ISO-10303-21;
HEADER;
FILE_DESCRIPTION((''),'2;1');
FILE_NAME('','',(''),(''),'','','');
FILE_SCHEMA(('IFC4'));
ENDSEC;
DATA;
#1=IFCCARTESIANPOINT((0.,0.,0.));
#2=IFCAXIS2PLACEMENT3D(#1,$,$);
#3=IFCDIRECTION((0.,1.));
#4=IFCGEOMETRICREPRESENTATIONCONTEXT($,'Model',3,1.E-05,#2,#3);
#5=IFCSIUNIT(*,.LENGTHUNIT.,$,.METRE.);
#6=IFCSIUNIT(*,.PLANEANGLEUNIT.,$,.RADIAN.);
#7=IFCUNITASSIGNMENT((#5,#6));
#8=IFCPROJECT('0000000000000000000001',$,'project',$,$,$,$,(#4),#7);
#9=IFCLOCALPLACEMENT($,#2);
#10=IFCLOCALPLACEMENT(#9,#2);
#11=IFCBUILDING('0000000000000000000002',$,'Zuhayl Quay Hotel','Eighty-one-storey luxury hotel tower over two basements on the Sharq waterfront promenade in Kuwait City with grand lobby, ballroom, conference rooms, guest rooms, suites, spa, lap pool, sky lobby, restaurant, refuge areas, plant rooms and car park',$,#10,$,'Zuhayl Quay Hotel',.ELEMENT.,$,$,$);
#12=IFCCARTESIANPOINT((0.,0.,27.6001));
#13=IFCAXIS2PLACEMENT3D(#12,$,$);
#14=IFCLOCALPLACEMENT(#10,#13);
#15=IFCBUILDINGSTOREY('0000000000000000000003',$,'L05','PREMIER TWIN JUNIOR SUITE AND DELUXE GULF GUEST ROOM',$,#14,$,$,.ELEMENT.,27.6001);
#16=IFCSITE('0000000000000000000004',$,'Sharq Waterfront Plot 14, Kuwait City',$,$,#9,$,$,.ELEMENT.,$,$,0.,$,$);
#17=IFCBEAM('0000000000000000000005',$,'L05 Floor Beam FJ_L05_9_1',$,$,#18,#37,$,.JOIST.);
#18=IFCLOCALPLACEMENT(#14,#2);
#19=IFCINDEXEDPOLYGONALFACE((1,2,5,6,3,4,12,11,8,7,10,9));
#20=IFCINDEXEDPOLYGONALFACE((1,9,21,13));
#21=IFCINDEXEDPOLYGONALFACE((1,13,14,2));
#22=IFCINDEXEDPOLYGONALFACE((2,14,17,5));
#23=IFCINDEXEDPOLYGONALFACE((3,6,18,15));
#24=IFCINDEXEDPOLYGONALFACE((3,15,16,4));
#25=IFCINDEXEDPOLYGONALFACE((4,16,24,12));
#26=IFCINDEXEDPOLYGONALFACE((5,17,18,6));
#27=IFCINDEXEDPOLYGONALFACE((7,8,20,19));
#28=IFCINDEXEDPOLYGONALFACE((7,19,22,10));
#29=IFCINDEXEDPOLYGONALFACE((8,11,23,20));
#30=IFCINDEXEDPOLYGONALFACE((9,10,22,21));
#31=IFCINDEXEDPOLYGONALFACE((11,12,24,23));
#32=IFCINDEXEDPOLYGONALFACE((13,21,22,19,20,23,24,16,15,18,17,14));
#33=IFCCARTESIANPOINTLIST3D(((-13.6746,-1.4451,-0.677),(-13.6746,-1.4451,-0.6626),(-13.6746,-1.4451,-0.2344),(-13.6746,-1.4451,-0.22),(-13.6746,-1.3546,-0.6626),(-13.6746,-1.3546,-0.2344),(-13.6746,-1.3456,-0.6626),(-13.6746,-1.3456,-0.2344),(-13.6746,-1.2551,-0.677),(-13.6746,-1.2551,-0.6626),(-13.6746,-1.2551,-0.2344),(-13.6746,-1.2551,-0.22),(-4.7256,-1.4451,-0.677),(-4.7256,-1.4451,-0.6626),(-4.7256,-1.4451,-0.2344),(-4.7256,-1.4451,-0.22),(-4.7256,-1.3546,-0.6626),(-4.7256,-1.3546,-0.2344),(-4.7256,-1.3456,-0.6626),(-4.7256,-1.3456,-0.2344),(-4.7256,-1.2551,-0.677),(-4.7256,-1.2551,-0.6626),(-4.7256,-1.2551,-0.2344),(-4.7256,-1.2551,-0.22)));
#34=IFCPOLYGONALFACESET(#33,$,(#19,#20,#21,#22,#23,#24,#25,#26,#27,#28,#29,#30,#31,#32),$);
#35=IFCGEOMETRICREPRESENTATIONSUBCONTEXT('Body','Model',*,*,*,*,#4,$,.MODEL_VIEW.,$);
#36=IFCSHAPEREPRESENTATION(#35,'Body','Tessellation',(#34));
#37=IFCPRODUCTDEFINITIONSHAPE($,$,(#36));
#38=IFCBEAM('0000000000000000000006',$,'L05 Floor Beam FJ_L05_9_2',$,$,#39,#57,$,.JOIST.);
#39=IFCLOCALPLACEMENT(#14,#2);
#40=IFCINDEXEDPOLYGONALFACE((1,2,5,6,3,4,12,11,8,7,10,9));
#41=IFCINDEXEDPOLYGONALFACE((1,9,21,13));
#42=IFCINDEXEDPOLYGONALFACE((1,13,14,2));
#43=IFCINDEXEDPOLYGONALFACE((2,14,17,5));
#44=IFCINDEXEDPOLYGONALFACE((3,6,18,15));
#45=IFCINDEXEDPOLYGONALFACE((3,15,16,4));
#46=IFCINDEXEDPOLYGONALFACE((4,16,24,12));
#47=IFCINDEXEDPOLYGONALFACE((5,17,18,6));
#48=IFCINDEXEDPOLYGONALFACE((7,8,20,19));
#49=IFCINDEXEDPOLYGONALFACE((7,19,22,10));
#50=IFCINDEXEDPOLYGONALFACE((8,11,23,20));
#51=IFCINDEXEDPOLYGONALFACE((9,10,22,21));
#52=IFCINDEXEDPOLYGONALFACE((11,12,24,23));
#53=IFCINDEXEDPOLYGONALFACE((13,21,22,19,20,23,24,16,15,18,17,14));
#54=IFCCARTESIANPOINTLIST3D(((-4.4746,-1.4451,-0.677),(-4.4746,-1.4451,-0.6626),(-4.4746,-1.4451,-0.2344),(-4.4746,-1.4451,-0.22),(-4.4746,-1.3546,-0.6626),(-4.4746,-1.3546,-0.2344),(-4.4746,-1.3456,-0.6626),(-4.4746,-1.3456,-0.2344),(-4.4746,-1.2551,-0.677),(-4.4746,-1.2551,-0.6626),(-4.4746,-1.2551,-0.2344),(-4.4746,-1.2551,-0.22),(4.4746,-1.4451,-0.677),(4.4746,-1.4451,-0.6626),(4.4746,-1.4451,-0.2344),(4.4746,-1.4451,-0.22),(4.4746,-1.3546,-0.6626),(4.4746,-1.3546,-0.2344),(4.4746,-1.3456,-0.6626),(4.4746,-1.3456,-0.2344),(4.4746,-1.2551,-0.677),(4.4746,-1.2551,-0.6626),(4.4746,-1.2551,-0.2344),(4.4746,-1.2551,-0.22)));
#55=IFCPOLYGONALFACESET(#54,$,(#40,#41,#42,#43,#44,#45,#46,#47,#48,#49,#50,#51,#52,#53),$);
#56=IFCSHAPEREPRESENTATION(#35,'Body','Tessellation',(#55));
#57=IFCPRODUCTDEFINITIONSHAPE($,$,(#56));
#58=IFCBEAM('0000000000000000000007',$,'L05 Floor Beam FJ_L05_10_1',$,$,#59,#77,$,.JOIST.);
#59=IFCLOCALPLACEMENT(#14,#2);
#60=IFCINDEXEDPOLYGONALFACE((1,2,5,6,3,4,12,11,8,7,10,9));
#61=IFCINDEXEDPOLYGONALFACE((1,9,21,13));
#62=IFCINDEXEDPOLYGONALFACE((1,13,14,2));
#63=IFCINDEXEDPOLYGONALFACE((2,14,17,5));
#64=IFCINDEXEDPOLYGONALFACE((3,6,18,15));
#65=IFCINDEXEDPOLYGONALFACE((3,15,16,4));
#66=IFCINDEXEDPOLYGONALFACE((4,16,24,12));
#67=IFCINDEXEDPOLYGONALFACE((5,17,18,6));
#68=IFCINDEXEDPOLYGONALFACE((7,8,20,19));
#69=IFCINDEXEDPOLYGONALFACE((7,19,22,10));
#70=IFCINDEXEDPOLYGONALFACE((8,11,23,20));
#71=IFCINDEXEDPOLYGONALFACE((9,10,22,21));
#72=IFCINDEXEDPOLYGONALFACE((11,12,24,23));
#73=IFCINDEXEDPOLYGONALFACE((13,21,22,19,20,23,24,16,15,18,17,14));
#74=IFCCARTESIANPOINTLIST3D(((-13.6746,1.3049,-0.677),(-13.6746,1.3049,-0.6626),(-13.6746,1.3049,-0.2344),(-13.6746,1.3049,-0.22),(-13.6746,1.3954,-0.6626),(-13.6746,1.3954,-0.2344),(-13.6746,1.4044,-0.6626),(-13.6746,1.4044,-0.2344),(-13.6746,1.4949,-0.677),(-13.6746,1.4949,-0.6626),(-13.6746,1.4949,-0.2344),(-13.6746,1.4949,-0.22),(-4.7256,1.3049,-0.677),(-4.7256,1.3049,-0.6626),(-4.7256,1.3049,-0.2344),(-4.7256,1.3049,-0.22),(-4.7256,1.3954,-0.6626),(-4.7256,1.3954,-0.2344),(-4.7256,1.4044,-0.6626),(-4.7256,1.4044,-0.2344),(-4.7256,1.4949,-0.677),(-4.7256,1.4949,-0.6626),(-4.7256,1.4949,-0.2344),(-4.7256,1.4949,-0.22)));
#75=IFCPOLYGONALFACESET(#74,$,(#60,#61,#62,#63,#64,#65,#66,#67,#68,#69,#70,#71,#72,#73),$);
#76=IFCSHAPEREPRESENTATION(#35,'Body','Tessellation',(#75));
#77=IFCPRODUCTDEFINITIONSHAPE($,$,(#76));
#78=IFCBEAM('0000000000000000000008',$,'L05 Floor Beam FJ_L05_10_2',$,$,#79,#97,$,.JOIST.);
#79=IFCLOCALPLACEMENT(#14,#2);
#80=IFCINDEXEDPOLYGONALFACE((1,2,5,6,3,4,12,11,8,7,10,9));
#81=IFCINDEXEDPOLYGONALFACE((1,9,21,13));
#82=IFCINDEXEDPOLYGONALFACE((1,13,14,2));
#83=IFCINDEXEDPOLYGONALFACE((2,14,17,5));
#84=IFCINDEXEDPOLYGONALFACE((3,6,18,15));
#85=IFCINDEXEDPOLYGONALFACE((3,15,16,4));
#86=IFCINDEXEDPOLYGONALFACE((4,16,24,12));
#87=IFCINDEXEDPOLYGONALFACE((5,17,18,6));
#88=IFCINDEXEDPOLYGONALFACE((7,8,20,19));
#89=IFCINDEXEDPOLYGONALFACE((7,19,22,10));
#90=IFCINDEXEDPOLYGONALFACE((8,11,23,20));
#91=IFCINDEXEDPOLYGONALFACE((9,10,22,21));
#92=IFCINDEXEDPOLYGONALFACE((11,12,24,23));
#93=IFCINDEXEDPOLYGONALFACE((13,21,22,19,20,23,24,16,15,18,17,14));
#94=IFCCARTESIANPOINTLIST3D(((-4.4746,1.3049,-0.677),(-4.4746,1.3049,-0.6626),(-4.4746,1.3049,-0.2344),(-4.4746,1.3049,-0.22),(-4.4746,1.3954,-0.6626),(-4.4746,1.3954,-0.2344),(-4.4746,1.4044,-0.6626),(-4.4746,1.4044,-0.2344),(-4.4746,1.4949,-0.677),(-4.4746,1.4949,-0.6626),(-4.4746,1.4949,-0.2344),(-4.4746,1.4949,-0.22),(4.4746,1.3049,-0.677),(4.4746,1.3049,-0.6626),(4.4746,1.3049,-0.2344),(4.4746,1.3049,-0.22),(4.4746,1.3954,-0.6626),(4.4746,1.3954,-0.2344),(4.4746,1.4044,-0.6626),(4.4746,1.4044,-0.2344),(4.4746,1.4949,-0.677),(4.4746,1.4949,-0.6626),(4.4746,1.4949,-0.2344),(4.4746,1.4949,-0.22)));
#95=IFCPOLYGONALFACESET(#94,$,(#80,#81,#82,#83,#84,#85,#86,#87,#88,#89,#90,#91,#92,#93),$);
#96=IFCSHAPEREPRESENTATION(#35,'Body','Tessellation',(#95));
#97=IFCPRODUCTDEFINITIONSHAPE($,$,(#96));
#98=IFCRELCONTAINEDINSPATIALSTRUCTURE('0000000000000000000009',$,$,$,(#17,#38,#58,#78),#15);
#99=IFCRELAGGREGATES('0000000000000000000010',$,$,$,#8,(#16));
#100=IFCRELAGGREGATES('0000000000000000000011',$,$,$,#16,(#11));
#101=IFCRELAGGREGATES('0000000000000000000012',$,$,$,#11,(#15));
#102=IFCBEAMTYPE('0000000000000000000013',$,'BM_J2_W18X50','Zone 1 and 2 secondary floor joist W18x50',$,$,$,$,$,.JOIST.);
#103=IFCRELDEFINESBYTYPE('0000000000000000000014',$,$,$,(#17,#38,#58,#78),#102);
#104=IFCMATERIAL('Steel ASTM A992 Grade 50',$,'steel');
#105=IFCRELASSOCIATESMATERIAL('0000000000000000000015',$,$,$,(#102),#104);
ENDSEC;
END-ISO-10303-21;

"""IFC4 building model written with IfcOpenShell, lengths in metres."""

from ifc_helpers import new_model, si_unit, direction, frame, origin, origin_2d, place, context, subcontext, project, spatial, i_section, extrude, material, material_profile, profile_set, type_object, element, save


model = new_model("IFC4")

# Units and contexts
model_context = context("Model", 3, precision=1e-05, world=origin(), true_north=direction((0.0, 1.0)))
body_context = subcontext(model_context, "Body", "Model", "MODEL_VIEW")
ifc_project = project(units=[si_unit("LENGTHUNIT", "METRE"), si_unit("PLANEANGLEUNIT", "RADIAN")], contexts=[model_context])

# Site, building, storey
site_placement = place(None, origin())
site = spatial("IfcSite", under=ifc_project, at=site_placement, Name="Sharq Waterfront Plot 14, Kuwait City", CompositionType="ELEMENT", RefElevation=0.0)
building_placement = place(site_placement, origin())
building = spatial("IfcBuilding", under=site, at=building_placement, Name="Zuhayl Quay Hotel", Description="Eighty-one-storey luxury hotel tower over two basements on the Sharq waterfront promenade in Kuwait City with grand lobby, ballroom, conference rooms, guest rooms, suites, spa, lap pool, sky lobby, restaurant, refuge areas, plant rooms and car park", LongName="Zuhayl Quay Hotel", CompositionType="ELEMENT")
storey_placement = place(building_placement, frame((0.0, 0.0, 27.6001)))
storey = spatial("IfcBuildingStorey", under=building, at=storey_placement, Name="L05", Description="PREMIER TWIN JUNIOR SUITE AND DELUXE GULF GUEST ROOM", CompositionType="ELEMENT", Elevation=27.6001)

# Beams
ifc_material_1 = material(Name="Steel ASTM A992 Grade 50", Category="steel")
ifc_material_profile = material_profile(ifc_material_1, i_section(OverallWidth=0.1899, OverallDepth=0.457, WebThickness=0.009, FlangeThickness=0.0144, at=origin_2d()), Name="W18X50")
ifc_profile_set = profile_set([ifc_material_profile], Name="Steel ASTM A992 Grade 50")
beam_type = type_object("IfcBeamType", Name="BM_J2_W18X50", Description="Zone 1 and 2 secondary floor joist W18x50", PredefinedType="JOIST", material=ifc_profile_set)
beam_1_placement = place(storey_placement, frame((-13.6746, -1.3501, -0.4485), z_axis=(1.0, 0.0, 0.0), x_axis=(0.0, 1.0, 0.0)))
element("IfcBeam", 1, at=beam_1_placement, inside=storey, type_object=beam_type, Name="L05 Floor Beam FJ_L05_9_1", PredefinedType="JOIST", context=body_context, shape_type="SweptSolid", body=[
    extrude(i_section(OverallWidth=0.1899, OverallDepth=0.457, WebThickness=0.009, FlangeThickness=0.0144, at=origin_2d()), origin(), (0.0, 0.0, 1.0), 8.949),
])
beam_2_placement = place(storey_placement, frame((-4.4746, -1.3501, -0.4485), z_axis=(1.0, 0.0, 0.0), x_axis=(0.0, 1.0, 0.0)))
element("IfcBeam", 2, at=beam_2_placement, inside=storey, type_object=beam_type, Name="L05 Floor Beam FJ_L05_9_2", PredefinedType="JOIST", context=body_context, shape_type="SweptSolid", body=[
    extrude(i_section(OverallWidth=0.1899, OverallDepth=0.457, WebThickness=0.009, FlangeThickness=0.0144, at=origin_2d()), origin(), (0.0, 0.0, 1.0), 8.9492),
])
beam_3_placement = place(storey_placement, frame((-13.6746, 1.3999, -0.4485), z_axis=(1.0, 0.0, 0.0), x_axis=(0.0, 1.0, 0.0)))
element("IfcBeam", 3, at=beam_3_placement, inside=storey, type_object=beam_type, Name="L05 Floor Beam FJ_L05_10_1", PredefinedType="JOIST", context=body_context, shape_type="SweptSolid", body=[
    extrude(i_section(OverallWidth=0.1899, OverallDepth=0.457, WebThickness=0.009, FlangeThickness=0.0144, at=origin_2d()), origin(), (0.0, 0.0, 1.0), 8.949),
])
beam_4_placement = place(storey_placement, frame((-4.4746, 1.3999, -0.4485), z_axis=(1.0, 0.0, 0.0), x_axis=(0.0, 1.0, 0.0)))
element("IfcBeam", 4, at=beam_4_placement, inside=storey, type_object=beam_type, Name="L05 Floor Beam FJ_L05_10_2", PredefinedType="JOIST", context=body_context, shape_type="SweptSolid", body=[
    extrude(i_section(OverallWidth=0.1899, OverallDepth=0.457, WebThickness=0.009, FlangeThickness=0.0144, at=origin_2d()), origin(), (0.0, 0.0, 1.0), 8.9492),
])

save(model, "model.ifc")
